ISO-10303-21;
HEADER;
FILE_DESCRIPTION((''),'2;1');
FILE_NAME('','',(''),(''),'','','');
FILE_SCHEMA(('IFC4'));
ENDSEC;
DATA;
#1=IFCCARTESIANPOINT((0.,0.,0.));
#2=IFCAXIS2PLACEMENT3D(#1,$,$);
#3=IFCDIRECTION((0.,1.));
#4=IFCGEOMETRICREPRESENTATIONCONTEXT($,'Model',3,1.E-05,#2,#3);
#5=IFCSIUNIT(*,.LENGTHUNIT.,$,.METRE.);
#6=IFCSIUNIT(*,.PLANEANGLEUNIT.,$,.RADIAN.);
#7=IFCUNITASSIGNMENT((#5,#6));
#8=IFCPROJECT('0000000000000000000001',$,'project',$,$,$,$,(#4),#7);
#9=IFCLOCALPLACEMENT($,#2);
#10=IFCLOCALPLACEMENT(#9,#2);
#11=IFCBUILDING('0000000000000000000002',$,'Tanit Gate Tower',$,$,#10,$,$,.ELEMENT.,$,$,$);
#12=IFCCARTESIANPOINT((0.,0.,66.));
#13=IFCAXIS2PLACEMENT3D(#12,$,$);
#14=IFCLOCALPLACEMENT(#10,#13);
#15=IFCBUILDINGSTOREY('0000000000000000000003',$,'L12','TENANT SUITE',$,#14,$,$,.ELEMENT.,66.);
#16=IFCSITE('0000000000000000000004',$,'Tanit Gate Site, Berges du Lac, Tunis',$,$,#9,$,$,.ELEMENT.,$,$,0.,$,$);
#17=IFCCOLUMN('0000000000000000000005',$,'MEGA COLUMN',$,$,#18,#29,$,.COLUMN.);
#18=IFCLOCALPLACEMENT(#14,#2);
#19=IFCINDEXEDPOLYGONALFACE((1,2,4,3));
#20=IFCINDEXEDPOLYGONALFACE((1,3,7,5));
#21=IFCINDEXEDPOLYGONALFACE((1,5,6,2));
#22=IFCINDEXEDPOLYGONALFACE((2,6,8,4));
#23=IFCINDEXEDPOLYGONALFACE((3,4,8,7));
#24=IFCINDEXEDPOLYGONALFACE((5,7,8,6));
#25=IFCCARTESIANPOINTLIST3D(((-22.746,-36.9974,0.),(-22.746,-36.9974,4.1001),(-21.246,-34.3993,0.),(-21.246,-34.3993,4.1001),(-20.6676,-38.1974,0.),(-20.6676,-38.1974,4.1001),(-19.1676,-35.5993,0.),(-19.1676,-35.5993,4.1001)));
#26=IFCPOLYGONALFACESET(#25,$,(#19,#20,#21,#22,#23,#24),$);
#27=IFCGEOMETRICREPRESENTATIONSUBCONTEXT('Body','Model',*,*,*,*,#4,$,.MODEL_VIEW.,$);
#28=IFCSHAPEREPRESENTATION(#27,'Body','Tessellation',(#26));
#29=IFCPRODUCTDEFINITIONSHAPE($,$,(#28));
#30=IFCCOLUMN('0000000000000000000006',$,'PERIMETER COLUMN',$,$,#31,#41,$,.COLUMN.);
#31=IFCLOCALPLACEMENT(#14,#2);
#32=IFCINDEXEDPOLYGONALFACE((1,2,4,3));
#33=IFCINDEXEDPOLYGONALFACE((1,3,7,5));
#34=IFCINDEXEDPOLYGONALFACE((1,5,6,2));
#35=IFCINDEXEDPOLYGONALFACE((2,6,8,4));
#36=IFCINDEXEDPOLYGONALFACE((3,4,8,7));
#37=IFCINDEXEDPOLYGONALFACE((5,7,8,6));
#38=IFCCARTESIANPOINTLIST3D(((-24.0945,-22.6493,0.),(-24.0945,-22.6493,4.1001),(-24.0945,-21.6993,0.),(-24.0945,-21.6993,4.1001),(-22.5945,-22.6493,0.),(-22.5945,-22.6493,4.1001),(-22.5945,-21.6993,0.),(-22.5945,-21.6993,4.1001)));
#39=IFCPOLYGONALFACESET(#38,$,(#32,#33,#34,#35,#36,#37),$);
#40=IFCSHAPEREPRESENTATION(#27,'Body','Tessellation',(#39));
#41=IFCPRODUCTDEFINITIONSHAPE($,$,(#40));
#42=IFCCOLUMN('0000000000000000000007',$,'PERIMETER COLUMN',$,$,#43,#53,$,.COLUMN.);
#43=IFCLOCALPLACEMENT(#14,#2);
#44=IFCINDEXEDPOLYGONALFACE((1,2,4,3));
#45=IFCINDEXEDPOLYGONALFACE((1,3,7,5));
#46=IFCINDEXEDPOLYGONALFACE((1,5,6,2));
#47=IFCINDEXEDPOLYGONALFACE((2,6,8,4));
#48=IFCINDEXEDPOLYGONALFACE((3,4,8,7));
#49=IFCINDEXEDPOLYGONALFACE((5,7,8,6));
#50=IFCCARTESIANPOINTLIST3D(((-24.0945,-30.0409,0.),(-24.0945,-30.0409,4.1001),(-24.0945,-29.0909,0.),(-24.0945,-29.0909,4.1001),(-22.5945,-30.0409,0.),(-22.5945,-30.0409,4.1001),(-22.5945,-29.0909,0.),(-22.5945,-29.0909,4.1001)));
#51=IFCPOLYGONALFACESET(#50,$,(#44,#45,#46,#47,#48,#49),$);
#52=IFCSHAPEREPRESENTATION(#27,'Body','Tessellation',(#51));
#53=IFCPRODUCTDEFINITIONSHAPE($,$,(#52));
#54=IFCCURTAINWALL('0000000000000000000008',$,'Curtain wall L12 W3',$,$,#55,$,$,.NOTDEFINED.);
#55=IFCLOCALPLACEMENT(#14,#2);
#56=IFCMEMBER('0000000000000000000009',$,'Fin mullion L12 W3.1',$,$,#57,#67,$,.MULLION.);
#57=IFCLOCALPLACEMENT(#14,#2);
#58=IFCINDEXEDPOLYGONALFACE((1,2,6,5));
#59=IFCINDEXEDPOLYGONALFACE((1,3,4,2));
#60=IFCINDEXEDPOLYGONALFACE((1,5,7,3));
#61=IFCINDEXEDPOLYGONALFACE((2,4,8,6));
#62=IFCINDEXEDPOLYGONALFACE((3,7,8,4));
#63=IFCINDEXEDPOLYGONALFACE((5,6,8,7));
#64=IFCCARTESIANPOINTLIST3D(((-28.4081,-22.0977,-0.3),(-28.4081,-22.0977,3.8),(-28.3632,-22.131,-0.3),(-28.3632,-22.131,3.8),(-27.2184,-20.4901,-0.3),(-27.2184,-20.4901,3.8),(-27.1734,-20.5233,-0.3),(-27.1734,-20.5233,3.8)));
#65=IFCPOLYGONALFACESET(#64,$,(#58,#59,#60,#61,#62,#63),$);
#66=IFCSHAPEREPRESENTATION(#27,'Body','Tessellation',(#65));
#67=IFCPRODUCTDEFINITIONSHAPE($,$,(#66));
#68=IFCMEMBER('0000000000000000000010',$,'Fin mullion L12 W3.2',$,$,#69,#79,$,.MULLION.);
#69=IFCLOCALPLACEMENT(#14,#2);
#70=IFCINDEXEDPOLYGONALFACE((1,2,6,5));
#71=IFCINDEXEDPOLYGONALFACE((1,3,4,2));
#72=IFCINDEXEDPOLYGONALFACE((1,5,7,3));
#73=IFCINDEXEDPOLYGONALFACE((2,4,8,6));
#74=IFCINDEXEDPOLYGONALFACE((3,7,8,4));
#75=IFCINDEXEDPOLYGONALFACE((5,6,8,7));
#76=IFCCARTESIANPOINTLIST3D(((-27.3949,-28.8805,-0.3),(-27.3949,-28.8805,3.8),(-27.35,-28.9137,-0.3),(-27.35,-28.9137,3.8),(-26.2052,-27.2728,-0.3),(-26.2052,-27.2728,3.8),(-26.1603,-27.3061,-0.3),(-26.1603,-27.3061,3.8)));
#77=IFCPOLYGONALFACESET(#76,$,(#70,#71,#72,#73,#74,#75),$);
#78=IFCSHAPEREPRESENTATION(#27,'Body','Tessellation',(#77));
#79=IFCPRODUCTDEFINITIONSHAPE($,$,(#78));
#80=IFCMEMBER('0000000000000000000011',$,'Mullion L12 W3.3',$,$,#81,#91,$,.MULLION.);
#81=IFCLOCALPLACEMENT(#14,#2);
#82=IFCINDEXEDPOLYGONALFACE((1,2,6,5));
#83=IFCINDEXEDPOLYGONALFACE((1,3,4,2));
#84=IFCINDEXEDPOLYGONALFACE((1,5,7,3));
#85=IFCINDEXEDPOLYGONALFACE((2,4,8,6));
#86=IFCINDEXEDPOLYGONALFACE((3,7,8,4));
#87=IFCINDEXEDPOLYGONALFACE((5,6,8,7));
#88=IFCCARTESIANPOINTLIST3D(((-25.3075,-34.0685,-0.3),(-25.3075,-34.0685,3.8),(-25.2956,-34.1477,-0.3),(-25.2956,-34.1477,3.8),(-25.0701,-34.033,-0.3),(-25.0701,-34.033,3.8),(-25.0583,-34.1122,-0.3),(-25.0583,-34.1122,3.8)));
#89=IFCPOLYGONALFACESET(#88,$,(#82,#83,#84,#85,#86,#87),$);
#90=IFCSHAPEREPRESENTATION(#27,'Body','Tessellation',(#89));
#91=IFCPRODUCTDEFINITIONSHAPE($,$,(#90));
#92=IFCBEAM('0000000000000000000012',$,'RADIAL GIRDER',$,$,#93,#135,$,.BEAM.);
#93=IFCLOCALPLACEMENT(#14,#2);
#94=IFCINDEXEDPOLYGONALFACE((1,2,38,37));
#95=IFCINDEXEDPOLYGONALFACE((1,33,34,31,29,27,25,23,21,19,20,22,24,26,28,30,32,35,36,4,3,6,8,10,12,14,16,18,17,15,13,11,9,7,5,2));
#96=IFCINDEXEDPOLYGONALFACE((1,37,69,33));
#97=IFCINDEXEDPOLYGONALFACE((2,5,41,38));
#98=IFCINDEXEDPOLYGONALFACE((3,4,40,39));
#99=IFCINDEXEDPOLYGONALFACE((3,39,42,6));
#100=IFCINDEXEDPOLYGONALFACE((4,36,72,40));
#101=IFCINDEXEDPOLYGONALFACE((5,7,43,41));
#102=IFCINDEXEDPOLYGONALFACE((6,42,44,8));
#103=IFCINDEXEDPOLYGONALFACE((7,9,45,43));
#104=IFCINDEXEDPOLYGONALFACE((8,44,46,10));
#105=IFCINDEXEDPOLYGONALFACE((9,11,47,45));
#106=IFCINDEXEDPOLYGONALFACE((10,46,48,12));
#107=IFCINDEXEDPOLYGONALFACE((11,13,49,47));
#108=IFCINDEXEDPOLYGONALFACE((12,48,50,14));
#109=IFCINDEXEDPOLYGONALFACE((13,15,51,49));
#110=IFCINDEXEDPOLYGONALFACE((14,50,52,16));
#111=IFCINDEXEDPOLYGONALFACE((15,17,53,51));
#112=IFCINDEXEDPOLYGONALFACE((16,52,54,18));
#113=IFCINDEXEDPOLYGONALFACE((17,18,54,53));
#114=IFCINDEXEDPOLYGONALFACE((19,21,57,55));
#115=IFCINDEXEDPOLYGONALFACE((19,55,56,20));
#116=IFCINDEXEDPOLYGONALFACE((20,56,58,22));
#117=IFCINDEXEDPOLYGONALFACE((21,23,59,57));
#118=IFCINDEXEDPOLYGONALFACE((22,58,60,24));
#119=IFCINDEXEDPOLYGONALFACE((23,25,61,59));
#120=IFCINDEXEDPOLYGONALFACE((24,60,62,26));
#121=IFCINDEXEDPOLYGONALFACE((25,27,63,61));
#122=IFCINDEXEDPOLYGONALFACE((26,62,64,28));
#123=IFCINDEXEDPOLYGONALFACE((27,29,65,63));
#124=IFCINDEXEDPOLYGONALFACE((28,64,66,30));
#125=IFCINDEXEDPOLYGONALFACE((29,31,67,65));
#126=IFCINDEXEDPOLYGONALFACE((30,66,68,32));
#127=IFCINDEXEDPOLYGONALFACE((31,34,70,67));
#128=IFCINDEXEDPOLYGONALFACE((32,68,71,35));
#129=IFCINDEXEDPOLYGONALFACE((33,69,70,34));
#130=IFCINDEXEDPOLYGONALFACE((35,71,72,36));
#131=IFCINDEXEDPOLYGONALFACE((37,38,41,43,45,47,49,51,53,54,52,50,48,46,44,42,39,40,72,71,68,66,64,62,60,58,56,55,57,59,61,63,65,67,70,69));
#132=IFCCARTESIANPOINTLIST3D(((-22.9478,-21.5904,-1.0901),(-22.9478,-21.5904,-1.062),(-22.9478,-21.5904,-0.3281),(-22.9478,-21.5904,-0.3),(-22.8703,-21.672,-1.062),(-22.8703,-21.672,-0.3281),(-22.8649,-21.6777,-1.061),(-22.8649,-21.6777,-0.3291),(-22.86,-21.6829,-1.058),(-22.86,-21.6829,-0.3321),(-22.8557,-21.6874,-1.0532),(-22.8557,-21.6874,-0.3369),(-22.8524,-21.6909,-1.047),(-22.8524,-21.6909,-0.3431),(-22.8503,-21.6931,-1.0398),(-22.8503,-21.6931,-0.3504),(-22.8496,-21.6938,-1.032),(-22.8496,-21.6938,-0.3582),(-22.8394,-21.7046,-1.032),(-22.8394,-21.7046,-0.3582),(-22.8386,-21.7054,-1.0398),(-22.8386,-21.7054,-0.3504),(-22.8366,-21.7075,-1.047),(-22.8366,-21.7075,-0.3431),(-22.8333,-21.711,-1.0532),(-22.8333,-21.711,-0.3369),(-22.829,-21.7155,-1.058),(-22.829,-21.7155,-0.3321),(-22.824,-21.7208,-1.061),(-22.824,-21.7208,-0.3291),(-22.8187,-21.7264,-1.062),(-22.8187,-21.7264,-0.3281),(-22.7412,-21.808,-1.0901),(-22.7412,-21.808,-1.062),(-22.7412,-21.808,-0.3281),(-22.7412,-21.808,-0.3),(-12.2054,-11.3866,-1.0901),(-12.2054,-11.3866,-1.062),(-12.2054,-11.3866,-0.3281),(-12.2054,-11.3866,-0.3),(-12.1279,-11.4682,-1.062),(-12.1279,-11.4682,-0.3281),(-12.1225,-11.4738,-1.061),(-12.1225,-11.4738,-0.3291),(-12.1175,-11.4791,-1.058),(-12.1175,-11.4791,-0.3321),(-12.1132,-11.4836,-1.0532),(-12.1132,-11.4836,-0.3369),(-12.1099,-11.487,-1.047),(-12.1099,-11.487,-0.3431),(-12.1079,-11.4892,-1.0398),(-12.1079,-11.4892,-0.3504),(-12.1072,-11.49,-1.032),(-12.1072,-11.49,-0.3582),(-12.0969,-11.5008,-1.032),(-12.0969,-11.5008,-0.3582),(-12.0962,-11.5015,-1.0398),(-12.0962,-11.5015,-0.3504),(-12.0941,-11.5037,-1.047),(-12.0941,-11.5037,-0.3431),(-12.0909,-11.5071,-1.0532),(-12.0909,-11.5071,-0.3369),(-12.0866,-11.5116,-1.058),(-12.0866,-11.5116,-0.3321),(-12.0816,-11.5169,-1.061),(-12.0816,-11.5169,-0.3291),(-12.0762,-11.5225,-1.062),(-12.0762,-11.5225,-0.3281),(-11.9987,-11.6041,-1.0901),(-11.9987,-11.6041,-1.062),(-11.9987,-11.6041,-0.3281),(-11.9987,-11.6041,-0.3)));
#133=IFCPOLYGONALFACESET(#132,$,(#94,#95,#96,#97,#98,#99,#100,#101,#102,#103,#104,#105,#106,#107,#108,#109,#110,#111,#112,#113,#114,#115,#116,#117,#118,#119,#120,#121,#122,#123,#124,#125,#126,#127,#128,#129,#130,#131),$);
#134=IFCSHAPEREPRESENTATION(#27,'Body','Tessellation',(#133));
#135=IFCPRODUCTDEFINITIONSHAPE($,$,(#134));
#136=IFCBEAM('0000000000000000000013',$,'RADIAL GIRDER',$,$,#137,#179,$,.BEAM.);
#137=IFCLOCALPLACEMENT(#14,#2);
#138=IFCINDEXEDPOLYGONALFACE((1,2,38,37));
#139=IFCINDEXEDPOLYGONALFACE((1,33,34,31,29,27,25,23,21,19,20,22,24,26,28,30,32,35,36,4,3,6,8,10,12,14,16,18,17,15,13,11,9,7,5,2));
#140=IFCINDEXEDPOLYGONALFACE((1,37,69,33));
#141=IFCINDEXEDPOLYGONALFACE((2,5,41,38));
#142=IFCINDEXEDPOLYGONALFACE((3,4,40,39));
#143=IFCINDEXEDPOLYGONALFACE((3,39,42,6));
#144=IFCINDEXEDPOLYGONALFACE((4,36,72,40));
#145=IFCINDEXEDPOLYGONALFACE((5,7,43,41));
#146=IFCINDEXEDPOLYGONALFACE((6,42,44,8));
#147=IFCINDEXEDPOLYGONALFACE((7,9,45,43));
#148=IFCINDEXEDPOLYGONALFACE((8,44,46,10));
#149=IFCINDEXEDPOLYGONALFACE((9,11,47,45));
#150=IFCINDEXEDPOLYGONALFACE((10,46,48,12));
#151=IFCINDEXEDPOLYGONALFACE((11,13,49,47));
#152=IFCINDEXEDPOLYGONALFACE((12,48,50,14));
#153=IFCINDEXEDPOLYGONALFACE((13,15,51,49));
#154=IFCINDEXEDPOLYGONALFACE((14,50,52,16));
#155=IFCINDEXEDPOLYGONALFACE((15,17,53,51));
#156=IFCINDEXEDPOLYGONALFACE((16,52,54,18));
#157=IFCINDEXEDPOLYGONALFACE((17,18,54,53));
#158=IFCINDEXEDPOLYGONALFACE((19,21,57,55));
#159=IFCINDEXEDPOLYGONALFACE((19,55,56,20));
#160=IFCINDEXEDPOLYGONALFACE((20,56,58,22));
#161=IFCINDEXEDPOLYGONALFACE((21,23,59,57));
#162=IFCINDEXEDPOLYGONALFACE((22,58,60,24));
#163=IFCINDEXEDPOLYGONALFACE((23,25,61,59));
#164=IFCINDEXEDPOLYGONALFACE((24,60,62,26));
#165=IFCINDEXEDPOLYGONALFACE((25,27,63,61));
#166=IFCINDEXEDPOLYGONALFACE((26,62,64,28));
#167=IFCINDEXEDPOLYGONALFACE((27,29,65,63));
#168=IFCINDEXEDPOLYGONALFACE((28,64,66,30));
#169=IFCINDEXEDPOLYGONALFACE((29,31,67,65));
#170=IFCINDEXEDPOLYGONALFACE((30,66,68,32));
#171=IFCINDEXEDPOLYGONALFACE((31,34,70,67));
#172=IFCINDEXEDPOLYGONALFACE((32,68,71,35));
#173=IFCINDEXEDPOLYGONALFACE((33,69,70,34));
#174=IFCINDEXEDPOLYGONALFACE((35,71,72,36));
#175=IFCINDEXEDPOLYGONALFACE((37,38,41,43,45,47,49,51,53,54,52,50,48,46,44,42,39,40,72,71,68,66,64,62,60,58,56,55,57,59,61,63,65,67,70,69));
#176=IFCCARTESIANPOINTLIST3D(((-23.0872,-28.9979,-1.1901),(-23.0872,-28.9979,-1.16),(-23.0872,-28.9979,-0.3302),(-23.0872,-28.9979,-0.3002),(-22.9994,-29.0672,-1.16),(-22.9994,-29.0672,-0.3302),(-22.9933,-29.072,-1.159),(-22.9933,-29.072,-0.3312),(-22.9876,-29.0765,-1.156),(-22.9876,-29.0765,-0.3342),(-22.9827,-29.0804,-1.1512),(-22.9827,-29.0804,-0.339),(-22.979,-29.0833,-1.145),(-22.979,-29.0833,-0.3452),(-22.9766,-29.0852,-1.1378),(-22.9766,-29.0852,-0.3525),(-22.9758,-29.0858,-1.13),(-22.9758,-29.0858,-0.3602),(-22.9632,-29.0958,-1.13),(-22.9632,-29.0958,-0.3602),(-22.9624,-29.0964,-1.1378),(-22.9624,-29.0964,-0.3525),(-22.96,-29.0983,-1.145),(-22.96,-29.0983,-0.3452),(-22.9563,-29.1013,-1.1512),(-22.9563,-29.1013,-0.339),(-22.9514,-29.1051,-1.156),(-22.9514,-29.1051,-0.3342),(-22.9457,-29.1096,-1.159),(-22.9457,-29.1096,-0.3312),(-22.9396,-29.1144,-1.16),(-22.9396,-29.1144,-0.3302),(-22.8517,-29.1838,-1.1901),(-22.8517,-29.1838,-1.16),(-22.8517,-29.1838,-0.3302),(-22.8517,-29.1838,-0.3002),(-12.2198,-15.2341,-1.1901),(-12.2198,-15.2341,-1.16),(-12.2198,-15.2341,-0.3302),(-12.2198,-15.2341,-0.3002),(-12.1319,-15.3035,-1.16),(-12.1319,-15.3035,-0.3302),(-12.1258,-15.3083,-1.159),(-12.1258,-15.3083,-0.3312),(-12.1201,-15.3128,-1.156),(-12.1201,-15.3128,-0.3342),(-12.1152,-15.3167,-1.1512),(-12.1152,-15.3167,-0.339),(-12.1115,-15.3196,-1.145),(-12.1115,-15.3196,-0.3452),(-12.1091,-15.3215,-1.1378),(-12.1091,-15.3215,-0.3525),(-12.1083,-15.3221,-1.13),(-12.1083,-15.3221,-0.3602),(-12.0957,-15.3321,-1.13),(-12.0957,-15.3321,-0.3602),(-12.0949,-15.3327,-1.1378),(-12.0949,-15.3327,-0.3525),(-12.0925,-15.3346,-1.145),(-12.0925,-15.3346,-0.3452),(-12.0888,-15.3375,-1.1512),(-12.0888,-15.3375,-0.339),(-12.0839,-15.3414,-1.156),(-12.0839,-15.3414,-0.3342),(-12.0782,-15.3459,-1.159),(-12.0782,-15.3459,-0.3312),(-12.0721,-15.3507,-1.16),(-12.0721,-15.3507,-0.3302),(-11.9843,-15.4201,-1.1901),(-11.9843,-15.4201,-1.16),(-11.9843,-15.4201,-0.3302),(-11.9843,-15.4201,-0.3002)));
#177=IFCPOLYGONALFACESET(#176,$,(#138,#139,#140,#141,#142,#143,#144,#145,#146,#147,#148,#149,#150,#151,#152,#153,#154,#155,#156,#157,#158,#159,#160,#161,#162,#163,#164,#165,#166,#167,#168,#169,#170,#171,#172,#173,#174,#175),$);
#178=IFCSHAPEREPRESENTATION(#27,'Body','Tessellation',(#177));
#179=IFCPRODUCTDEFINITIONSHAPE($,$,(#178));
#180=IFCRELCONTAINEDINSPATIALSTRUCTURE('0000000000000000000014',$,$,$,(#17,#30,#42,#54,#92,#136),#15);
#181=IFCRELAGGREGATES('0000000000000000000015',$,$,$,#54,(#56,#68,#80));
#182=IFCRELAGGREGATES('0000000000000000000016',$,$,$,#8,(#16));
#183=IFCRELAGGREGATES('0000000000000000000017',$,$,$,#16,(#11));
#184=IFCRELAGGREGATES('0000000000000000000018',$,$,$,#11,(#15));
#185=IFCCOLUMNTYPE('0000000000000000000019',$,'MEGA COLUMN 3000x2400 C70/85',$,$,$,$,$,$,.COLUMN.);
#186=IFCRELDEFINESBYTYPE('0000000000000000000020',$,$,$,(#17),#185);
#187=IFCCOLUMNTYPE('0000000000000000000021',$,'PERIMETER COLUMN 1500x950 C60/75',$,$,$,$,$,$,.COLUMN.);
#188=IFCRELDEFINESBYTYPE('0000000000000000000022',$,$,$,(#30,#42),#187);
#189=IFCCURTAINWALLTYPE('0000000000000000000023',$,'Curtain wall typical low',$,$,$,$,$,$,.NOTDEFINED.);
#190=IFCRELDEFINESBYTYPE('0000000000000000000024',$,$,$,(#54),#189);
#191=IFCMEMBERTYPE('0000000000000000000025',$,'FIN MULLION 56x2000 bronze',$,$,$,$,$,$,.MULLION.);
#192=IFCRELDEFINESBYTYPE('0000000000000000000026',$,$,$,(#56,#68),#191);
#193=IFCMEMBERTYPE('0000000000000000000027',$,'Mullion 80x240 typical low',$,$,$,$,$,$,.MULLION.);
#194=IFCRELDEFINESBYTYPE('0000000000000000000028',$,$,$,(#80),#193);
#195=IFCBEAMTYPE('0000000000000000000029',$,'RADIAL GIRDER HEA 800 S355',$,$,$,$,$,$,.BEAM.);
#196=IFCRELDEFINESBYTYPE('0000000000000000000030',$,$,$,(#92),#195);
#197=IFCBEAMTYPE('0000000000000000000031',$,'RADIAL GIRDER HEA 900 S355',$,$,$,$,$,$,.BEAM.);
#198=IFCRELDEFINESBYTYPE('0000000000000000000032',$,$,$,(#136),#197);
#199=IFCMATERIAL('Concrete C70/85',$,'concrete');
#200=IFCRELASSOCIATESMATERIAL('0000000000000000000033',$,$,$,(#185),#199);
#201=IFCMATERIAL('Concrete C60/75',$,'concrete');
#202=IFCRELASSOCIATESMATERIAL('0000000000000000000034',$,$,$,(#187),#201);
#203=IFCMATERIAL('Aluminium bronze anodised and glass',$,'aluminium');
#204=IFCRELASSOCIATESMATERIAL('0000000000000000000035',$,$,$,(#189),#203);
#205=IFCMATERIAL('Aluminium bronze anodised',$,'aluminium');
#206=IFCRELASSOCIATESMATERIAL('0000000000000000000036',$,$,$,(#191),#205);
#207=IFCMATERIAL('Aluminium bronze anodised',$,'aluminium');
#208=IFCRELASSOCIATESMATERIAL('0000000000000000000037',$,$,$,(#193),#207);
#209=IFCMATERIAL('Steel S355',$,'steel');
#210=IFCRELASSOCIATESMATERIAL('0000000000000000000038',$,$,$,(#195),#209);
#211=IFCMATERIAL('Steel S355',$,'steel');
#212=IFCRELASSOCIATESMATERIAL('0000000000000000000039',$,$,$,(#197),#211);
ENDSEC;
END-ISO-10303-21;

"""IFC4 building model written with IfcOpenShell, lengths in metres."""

from ifc_helpers import new_model, si_unit, direction, frame, origin, origin_2d, place, context, subcontext, project, spatial, rectangle, i_section, extrude, material, material_profile, profile_set, type_object, element, aggregate, save


model = new_model("IFC4")

# Units and contexts
model_context = context("Model", 3, precision=1e-05, world=origin(), true_north=direction((0.0, 1.0)))
body_context = subcontext(model_context, "Body", "Model", "MODEL_VIEW")
ifc_project = project(units=[si_unit("LENGTHUNIT", "METRE"), si_unit("PLANEANGLEUNIT", "RADIAN")], contexts=[model_context])

# Site, building, storey
site_placement = place(None, origin())
site = spatial("IfcSite", under=ifc_project, at=site_placement, Name="Tanit Gate Site, Berges du Lac, Tunis", CompositionType="ELEMENT", RefElevation=0.0)
building_placement = place(site_placement, origin())
building = spatial("IfcBuilding", under=site, at=building_placement, Name="Tanit Gate Tower", CompositionType="ELEMENT")
storey_placement = place(building_placement, frame((0.0, 0.0, 66.0)))
storey = spatial("IfcBuildingStorey", under=building, at=storey_placement, Name="L12", Description="TENANT SUITE", CompositionType="ELEMENT", Elevation=66.0)

# Columns
ifc_material_1 = material(Name="Concrete C70/85", Category="concrete")
ifc_material_profile_1 = material_profile(ifc_material_1, rectangle(XDim=3.0, YDim=2.3999, at=origin_2d()), Name="RC 3000x2400")
ifc_profile_set_1 = profile_set([ifc_material_profile_1], Name="Concrete C70/85")
column_type_1 = type_object("IfcColumnType", Name="MEGA COLUMN 3000x2400 C70/85", PredefinedType="COLUMN", material=ifc_profile_set_1)
column_placement = place(storey_placement, frame((-20.9568, -36.2983, 0.0), z_axis=(0.0, 0.0, 1.0), x_axis=(-0.5, -0.866025, 0.0)))
element("IfcColumn", 1, at=column_placement, inside=storey, type_object=column_type_1, Name="MEGA COLUMN", PredefinedType="COLUMN", context=body_context, shape_type="SweptSolid", body=[
    extrude(rectangle(XDim=3.0, YDim=2.3999, at=origin_2d()), origin(), (0.0, 0.0, 1.0), 4.1001),
])
ifc_material_2 = material(Name="Concrete C60/75", Category="concrete")
ifc_material_profile_2 = material_profile(ifc_material_2, rectangle(XDim=1.5, YDim=0.95, at=origin_2d()), Name="RC 1500x950")
ifc_profile_set_2 = profile_set([ifc_material_profile_2], Name="Concrete C60/75")
column_type_2 = type_object("IfcColumnType", Name="PERIMETER COLUMN 1500x950 C60/75", PredefinedType="COLUMN", material=ifc_profile_set_2)
for number, where, z_axis, x_axis, name in (
    (2, (-23.3445, -22.1743, 0.0), (0.0, 0.0, 1.0), (-1.0, 0.0, 0.0), "PERIMETER COLUMN"),
    (3, (-23.3445, -29.5659, 0.0), (0.0, 0.0, 1.0), (-1.0, 0.0, 0.0), "PERIMETER COLUMN"),
):
    element("IfcColumn", number, at=place(storey_placement, frame(where, z_axis=z_axis, x_axis=x_axis)), inside=storey, type_object=column_type_2, Name=name, PredefinedType="COLUMN", context=body_context, shape_type="SweptSolid", body=[
        extrude(rectangle(XDim=1.5, YDim=0.95, at=origin_2d()), origin(), (0.0, 0.0, 1.0), 4.1001),
    ])

# Curtain wall, members
ifc_material_3 = material(Name="Aluminium bronze anodised and glass", Category="aluminium")
curtain_wall_type = type_object("IfcCurtainWallType", Name="Curtain wall typical low", PredefinedType="NOTDEFINED", material=ifc_material_3)
curtain_wall_placement = place(storey_placement, origin())
curtain_wall = element("IfcCurtainWall", 4, at=curtain_wall_placement, inside=storey, type_object=curtain_wall_type, Name="Curtain wall L12 W3", PredefinedType="NOTDEFINED")
ifc_material_4 = material(Name="Aluminium bronze anodised", Category="aluminium")
ifc_material_profile_3 = material_profile(ifc_material_4, rectangle(XDim=2.0, YDim=0.0559, at=origin_2d()), Name="56x2000 bronze fin mullion")
ifc_profile_set_3 = profile_set([ifc_material_profile_3], Name="Aluminium bronze anodised")
member_type_1 = type_object("IfcMemberType", Name="FIN MULLION 56x2000 bronze", PredefinedType="MULLION", material=ifc_profile_set_3)
member_1_placement = place(storey_placement, frame((-27.7908, -21.3105, -0.3), z_axis=(0.0, 0.0, 1.0), x_axis=(0.594863, 0.803827, 0.0)))
member_1 = element("IfcMember", 5, at=member_1_placement, type_object=member_type_1, Name="Fin mullion L12 W3.1", PredefinedType="MULLION", context=body_context, shape_type="SweptSolid", body=[
    extrude(rectangle(XDim=2.0, YDim=0.0559, at=origin_2d()), origin(), (0.0, 0.0, 1.0), 4.1001),
])
member_2_placement = place(storey_placement, frame((-26.7776, -28.0933, -0.3), z_axis=(0.0, 0.0, 1.0), x_axis=(0.594863, 0.803827, 0.0)))
member_2 = element("IfcMember", 6, at=member_2_placement, type_object=member_type_1, Name="Fin mullion L12 W3.2", PredefinedType="MULLION", context=body_context, shape_type="SweptSolid", body=[
    extrude(rectangle(XDim=2.0, YDim=0.0559, at=origin_2d()), origin(), (0.0, 0.0, 1.0), 4.1001),
])
ifc_material_5 = material(Name="Aluminium bronze anodised", Category="aluminium")
ifc_material_profile_4 = material_profile(ifc_material_5, rectangle(XDim=0.24, YDim=0.0801, at=origin_2d()), Name="80x240 bronze mullion")
ifc_profile_set_4 = profile_set([ifc_material_profile_4], Name="Aluminium bronze anodised")
member_type_2 = type_object("IfcMemberType", Name="Mullion 80x240 typical low", PredefinedType="MULLION", material=ifc_profile_set_4)
member_3_placement = place(storey_placement, frame((-25.1829, -34.0903, -0.3), z_axis=(0.0, 0.0, 1.0), x_axis=(0.989023, 0.14776, 0.0)))
member_3 = element("IfcMember", 7, at=member_3_placement, type_object=member_type_2, Name="Mullion L12 W3.3", PredefinedType="MULLION", context=body_context, shape_type="SweptSolid", body=[
    extrude(rectangle(XDim=0.24, YDim=0.0801, at=origin_2d()), origin(), (0.0, 0.0, 1.0), 4.1001),
])

# Beams
ifc_material_6 = material(Name="Steel S355", Category="steel")
ifc_material_profile_5 = material_profile(ifc_material_6, i_section(OverallWidth=0.3, OverallDepth=0.79, WebThickness=0.0149, FlangeThickness=0.0281, FilletRadius=0.03, at=origin_2d()), Name="HEA 800")
ifc_profile_set_5 = profile_set([ifc_material_profile_5], Name="Steel S355")
beam_type_1 = type_object("IfcBeamType", Name="RADIAL GIRDER HEA 800 S355", PredefinedType="BEAM", material=ifc_profile_set_5)
beam_1_placement = place(storey_placement, frame((-22.8445, -21.6992, -0.6951), z_axis=(0.725048, 0.688698, 0.0), x_axis=(-0.688698, 0.725048, 0.0)))
element("IfcBeam", 8, at=beam_1_placement, inside=storey, type_object=beam_type_1, Name="RADIAL GIRDER", PredefinedType="BEAM", context=body_context, shape_type="SweptSolid", body=[
    extrude(i_section(OverallWidth=0.3, OverallDepth=0.79, WebThickness=0.0149, FlangeThickness=0.0281, FilletRadius=0.03, at=origin_2d()), origin(), (0.0, 0.0, 1.0), 14.8162),
])
ifc_material_7 = material(Name="Steel S355", Category="steel")
ifc_material_profile_6 = material_profile(ifc_material_7, i_section(OverallWidth=0.3, OverallDepth=0.8899, WebThickness=0.0161, FlangeThickness=0.03, FilletRadius=0.03, at=origin_2d()), Name="HEA 900")
ifc_profile_set_6 = profile_set([ifc_material_profile_6], Name="Steel S355")
beam_type_2 = type_object("IfcBeamType", Name="RADIAL GIRDER HEA 900 S355", PredefinedType="BEAM", material=ifc_profile_set_6)
beam_2_placement = place(storey_placement, frame((-22.9695, -29.0908, -0.7451), z_axis=(0.619693, 0.784845, 0.0), x_axis=(-0.784845, 0.619693, 0.0)))
element("IfcBeam", 9, at=beam_2_placement, inside=storey, type_object=beam_type_2, Name="RADIAL GIRDER", PredefinedType="BEAM", context=body_context, shape_type="SweptSolid", body=[
    extrude(i_section(OverallWidth=0.3, OverallDepth=0.8899, WebThickness=0.0161, FlangeThickness=0.03, FilletRadius=0.03, at=origin_2d()), origin(), (0.0, 0.0, 1.0), 17.5369),
])

aggregate(curtain_wall, [member_1, member_2, member_3])

save(model, "model.ifc")
